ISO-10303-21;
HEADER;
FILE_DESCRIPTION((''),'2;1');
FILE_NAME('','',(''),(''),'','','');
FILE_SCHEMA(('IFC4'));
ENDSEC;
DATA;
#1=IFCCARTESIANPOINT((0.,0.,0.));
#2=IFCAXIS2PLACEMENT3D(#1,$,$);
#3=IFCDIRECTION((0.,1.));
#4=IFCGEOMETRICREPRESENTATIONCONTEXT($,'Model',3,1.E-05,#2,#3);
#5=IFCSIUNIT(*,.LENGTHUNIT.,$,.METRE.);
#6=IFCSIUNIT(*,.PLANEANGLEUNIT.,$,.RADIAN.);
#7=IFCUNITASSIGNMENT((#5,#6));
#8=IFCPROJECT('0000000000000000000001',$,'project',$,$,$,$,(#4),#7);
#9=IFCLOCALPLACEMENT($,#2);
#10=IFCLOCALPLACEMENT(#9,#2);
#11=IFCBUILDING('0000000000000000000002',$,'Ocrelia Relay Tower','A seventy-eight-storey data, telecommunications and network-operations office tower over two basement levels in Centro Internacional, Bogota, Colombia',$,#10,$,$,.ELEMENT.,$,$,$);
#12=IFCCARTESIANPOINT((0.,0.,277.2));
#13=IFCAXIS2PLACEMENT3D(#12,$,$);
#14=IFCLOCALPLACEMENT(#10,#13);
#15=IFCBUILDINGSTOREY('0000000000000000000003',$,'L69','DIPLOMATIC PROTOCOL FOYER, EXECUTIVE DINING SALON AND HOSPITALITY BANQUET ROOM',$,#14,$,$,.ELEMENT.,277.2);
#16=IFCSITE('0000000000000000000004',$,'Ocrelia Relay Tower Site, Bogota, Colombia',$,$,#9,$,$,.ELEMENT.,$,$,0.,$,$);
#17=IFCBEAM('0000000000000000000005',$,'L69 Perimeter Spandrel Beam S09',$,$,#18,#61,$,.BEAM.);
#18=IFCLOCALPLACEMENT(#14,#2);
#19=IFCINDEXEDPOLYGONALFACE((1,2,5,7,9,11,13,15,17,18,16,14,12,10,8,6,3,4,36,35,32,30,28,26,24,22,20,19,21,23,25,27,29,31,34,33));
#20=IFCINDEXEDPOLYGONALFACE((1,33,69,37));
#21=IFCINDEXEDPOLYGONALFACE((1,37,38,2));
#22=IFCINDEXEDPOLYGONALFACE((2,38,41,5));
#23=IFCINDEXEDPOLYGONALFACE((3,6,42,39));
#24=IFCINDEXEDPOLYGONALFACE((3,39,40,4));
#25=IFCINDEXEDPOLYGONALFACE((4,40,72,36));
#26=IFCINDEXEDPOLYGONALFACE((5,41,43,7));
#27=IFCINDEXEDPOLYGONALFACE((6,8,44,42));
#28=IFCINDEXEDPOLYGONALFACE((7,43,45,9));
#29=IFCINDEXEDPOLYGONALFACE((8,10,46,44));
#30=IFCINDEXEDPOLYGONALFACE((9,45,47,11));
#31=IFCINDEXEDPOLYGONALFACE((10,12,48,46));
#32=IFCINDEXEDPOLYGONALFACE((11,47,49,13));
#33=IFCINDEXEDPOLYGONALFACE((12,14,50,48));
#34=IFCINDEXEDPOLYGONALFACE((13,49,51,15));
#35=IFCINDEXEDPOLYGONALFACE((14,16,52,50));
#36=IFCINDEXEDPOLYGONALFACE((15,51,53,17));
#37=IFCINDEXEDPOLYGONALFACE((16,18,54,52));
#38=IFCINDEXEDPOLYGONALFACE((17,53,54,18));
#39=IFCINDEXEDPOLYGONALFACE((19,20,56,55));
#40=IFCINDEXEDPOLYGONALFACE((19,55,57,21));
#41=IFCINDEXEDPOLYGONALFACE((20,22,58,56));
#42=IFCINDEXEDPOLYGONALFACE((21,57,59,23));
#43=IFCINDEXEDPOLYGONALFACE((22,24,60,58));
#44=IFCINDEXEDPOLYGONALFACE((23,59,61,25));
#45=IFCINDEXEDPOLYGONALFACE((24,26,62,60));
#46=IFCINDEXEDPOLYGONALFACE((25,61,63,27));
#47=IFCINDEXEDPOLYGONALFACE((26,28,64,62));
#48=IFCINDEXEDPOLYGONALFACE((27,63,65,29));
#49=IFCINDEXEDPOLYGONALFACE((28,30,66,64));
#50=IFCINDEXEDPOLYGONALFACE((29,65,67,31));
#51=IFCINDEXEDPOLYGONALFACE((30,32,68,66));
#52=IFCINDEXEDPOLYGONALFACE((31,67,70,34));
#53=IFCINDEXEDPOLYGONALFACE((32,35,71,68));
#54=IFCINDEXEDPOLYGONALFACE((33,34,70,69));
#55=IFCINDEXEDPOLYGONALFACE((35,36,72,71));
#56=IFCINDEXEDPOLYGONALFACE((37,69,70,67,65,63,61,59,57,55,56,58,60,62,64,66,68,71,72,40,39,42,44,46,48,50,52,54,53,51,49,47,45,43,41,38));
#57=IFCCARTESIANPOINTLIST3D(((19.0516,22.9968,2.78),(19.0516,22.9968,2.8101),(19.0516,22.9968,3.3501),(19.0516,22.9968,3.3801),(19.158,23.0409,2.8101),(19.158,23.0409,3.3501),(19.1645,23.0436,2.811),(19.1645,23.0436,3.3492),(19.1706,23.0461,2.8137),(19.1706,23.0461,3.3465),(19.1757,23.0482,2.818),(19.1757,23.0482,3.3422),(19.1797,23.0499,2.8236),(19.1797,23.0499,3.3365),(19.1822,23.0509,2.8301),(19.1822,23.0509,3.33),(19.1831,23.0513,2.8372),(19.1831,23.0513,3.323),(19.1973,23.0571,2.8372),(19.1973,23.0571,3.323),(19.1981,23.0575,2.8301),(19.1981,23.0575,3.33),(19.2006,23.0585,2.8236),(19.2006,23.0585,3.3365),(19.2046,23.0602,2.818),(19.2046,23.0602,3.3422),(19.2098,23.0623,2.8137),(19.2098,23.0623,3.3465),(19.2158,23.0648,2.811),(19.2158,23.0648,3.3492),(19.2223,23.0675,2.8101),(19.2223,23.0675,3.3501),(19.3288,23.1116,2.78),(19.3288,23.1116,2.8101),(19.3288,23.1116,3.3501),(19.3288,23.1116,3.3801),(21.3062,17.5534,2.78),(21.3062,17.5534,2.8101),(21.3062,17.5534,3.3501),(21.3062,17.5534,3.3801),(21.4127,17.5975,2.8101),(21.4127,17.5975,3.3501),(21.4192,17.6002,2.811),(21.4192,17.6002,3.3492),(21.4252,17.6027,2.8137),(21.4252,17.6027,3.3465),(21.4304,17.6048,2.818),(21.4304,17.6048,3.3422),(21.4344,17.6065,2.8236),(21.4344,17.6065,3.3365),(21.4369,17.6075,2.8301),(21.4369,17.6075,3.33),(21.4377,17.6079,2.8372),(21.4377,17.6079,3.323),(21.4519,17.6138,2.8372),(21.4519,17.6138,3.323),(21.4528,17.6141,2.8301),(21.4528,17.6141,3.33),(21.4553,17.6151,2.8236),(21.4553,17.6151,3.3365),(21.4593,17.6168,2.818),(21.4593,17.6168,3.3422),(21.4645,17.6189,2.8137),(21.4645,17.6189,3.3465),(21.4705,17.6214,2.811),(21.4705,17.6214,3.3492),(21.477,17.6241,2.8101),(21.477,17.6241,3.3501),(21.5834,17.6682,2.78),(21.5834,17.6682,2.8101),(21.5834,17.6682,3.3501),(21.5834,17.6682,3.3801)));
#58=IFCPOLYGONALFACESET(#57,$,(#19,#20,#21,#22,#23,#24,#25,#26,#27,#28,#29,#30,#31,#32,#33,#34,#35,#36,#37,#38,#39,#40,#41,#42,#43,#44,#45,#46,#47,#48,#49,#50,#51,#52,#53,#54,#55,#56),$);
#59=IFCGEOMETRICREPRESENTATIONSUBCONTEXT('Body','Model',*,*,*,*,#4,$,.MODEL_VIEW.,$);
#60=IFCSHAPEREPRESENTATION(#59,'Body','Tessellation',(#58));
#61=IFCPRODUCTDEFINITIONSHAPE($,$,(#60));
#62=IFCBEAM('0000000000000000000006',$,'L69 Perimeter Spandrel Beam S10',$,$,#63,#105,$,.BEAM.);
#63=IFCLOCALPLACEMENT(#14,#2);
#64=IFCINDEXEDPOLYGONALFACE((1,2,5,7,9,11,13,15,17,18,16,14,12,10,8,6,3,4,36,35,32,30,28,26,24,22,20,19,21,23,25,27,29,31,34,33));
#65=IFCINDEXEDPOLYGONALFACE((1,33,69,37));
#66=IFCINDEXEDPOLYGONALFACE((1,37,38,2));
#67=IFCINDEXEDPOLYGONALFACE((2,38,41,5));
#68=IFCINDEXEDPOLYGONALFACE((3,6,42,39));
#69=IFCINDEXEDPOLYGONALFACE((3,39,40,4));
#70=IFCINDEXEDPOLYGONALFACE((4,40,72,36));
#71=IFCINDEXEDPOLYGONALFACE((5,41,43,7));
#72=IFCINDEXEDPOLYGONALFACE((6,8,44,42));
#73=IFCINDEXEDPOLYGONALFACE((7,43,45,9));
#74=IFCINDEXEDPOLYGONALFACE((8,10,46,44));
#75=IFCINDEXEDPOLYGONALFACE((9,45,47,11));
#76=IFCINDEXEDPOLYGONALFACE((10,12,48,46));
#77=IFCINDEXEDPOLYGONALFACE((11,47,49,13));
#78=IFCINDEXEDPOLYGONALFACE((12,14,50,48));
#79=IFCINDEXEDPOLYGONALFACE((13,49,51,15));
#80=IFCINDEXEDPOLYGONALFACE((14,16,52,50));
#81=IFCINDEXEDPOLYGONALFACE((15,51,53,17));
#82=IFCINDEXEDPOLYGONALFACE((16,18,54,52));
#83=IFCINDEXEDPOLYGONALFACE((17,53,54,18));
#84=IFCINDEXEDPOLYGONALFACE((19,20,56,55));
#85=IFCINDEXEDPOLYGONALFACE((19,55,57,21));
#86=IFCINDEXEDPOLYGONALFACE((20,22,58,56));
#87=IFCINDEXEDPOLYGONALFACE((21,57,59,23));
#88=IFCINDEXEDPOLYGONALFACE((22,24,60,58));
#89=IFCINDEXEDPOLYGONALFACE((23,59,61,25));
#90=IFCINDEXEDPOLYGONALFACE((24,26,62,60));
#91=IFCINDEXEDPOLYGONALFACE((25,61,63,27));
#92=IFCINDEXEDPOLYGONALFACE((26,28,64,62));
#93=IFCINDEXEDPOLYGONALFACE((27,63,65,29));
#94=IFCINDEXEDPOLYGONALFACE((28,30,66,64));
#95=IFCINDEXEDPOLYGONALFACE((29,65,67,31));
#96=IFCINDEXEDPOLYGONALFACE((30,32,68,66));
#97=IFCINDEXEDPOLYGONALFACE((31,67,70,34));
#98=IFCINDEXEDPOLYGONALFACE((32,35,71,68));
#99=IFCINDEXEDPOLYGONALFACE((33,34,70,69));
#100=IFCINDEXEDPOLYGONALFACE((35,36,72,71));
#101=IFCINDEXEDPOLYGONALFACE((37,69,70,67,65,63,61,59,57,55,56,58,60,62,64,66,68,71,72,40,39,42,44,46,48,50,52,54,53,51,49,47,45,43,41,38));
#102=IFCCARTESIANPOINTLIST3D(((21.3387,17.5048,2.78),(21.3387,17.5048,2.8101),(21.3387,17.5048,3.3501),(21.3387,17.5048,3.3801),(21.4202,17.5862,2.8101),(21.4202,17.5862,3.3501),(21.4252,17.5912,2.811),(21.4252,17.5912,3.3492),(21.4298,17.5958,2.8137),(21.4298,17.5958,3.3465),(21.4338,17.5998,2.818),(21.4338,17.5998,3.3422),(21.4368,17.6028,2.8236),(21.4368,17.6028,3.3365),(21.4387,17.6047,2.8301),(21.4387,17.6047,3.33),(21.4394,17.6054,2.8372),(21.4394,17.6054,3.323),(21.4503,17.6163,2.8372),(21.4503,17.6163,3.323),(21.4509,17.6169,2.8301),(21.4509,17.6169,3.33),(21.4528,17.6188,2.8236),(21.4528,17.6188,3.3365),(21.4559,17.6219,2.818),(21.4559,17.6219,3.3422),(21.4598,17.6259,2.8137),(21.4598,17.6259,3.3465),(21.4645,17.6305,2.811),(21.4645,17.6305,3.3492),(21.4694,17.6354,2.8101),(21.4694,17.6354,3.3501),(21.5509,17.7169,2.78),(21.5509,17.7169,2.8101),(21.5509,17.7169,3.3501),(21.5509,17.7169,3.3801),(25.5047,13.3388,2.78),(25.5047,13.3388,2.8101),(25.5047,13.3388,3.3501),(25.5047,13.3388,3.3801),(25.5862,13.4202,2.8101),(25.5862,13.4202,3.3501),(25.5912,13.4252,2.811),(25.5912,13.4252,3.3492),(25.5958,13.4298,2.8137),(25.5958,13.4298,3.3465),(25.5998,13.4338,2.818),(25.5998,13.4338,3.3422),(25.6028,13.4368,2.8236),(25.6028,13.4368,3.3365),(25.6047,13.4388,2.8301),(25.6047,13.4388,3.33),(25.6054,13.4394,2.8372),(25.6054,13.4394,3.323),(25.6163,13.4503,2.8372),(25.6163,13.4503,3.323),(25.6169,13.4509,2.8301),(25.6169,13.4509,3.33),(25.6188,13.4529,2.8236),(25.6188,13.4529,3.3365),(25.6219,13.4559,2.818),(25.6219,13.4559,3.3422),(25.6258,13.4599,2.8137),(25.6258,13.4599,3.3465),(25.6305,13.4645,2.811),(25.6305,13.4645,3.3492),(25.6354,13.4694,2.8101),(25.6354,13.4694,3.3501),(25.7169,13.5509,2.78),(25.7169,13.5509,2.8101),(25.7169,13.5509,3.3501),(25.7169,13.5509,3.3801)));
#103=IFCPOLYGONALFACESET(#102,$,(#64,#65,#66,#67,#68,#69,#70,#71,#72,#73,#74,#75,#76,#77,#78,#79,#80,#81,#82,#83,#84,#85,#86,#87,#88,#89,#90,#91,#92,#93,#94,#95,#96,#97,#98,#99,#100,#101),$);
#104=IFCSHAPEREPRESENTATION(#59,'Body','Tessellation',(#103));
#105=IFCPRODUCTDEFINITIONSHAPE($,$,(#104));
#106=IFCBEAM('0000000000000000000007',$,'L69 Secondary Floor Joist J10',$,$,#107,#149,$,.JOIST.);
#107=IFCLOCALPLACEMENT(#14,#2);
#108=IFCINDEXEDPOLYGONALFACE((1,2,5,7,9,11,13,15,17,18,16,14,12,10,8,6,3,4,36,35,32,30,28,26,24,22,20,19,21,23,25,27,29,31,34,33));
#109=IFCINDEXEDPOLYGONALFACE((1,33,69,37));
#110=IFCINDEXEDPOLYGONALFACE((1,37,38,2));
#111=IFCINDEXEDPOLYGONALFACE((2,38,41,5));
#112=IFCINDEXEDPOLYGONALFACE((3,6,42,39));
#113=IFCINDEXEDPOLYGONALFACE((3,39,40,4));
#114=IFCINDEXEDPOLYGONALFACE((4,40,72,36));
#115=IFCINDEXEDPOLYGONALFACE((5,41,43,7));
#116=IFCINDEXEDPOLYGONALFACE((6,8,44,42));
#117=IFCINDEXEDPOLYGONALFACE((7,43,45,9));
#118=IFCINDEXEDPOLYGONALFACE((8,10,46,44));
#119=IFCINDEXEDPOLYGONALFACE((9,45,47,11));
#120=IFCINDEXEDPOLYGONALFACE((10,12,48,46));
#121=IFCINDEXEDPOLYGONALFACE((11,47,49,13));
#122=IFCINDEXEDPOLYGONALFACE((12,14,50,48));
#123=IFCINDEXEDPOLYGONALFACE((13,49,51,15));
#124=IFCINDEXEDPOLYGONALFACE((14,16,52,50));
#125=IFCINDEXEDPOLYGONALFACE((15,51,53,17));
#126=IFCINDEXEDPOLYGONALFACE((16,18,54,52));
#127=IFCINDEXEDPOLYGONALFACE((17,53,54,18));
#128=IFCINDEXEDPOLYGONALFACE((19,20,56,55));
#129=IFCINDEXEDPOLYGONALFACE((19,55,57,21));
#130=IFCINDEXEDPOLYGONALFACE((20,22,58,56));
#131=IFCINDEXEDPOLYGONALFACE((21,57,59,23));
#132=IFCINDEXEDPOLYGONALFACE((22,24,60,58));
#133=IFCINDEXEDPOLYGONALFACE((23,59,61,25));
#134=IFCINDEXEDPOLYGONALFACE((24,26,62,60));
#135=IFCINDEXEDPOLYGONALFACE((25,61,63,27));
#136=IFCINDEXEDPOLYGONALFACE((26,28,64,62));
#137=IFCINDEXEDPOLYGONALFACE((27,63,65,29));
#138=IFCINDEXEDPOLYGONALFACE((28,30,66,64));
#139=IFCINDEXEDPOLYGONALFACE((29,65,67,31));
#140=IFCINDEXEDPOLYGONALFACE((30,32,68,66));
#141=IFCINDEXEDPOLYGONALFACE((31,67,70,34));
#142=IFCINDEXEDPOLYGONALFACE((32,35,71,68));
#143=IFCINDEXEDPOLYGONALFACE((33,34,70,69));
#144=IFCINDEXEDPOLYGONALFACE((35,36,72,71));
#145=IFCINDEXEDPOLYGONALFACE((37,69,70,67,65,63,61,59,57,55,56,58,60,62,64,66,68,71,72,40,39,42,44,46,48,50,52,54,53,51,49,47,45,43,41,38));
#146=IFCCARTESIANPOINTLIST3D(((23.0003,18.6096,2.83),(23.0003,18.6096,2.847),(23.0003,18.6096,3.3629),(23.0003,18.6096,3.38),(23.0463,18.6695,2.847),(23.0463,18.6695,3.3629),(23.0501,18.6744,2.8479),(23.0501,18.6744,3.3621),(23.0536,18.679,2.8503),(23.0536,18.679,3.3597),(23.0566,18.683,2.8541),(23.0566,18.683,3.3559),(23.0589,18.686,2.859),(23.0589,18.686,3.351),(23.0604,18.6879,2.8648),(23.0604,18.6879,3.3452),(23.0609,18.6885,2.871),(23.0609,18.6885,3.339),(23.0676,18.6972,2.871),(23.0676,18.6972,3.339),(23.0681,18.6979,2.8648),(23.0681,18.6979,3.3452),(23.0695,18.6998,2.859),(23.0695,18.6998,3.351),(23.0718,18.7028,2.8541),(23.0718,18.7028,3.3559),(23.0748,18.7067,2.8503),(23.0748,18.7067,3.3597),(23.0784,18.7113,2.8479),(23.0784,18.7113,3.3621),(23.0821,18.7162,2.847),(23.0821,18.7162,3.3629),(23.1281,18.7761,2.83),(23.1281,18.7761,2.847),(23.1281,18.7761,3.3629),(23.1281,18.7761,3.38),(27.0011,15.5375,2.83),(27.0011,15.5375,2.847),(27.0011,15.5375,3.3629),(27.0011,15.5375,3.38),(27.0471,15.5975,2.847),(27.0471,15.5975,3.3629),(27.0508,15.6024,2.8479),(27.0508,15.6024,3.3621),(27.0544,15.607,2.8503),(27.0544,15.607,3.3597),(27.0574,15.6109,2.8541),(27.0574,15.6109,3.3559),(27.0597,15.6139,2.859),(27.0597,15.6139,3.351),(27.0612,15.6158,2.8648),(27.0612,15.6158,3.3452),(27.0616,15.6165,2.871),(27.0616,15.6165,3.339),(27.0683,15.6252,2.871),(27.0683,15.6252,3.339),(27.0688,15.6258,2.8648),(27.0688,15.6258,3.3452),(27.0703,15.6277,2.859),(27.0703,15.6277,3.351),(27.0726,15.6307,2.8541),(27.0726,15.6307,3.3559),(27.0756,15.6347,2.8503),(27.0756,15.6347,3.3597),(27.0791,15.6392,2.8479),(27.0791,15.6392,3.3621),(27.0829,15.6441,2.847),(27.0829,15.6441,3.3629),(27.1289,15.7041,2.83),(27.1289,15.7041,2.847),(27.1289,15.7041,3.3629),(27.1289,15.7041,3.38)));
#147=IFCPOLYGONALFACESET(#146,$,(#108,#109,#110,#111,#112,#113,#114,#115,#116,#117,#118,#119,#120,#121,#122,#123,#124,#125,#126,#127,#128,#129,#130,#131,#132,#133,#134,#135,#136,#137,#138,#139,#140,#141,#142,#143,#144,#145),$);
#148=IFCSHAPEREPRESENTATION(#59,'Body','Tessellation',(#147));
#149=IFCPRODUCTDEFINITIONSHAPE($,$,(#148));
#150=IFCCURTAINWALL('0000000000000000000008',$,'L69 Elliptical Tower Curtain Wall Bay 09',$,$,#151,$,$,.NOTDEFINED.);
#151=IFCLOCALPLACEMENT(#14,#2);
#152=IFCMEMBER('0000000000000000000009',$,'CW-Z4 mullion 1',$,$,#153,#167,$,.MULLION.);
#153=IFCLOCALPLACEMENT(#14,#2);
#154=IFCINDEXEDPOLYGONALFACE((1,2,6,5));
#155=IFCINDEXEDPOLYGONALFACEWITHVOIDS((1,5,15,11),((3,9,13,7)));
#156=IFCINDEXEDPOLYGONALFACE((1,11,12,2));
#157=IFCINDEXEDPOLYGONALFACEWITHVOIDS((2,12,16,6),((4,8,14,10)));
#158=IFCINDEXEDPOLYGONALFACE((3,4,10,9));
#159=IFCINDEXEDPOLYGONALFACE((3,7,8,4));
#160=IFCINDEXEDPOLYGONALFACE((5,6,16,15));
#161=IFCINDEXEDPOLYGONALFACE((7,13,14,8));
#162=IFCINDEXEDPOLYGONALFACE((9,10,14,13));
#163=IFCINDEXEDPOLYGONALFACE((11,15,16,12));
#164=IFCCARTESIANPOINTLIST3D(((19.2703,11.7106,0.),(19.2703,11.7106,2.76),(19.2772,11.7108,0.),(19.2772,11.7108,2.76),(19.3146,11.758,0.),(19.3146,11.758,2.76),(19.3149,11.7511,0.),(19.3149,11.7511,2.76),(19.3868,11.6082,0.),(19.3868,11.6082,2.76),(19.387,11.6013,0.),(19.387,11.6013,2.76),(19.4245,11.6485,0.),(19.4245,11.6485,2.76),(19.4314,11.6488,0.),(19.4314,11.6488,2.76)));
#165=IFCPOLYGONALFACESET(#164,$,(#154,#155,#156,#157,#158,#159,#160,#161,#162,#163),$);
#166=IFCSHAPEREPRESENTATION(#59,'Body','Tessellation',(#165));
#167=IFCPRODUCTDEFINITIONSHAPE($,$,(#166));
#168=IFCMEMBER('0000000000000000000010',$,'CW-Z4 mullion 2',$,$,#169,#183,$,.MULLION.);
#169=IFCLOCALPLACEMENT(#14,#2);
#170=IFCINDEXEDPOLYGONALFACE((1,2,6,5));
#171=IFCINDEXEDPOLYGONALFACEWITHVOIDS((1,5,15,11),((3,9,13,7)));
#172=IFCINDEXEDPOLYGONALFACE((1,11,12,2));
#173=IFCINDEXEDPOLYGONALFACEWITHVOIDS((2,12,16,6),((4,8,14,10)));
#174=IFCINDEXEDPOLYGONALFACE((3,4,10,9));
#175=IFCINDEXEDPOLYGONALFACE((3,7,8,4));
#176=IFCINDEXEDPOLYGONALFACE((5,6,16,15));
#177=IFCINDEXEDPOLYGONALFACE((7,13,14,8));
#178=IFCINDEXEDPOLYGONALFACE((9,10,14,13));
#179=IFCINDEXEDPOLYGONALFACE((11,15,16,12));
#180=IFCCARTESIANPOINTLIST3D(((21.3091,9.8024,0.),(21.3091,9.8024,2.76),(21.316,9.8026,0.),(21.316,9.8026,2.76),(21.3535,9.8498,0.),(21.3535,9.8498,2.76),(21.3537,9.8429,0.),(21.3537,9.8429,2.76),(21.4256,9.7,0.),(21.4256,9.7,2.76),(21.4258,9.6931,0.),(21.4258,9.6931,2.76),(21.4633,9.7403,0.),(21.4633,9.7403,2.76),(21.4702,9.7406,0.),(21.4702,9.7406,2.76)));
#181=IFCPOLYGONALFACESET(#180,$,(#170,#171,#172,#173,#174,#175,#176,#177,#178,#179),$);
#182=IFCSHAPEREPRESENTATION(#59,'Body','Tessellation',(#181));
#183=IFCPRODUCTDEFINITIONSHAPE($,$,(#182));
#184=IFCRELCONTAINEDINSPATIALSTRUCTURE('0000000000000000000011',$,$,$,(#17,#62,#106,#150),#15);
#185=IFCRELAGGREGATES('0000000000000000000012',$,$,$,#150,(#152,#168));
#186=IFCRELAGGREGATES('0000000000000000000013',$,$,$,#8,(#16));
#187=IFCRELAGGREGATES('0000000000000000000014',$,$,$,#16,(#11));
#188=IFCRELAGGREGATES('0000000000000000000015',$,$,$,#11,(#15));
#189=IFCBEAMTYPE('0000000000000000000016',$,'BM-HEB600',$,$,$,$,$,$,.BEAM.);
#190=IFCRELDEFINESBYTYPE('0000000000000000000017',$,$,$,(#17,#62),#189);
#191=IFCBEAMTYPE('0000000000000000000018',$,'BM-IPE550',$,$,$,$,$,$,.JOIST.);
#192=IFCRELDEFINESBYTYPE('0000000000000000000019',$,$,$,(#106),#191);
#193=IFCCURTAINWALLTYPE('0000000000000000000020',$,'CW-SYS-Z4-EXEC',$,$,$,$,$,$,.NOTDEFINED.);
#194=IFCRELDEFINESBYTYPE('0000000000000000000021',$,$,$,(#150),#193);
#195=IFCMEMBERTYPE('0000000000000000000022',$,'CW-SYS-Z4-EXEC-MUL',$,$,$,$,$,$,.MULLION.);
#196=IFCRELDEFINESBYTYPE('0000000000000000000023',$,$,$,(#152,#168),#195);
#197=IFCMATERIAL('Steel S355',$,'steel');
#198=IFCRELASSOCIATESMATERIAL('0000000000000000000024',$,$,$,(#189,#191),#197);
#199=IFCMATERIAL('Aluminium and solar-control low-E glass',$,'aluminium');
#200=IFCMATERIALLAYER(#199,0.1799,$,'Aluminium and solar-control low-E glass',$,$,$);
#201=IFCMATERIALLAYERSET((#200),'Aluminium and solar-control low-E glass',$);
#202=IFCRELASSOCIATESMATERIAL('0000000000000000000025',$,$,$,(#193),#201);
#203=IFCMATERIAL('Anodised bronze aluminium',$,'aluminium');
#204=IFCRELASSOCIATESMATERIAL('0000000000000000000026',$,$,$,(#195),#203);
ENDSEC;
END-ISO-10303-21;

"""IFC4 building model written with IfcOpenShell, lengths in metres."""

from ifc_helpers import new_model, si_unit, direction, frame, origin, origin_2d, place, context, subcontext, project, spatial, hollow_rectangle, i_section, extrude, material, layer, layer_set, material_profile, profile_set, type_object, element, aggregate, save


model = new_model("IFC4")

# Units and contexts
model_context = context("Model", 3, precision=1e-05, world=origin(), true_north=direction((0.0, 1.0)))
body_context = subcontext(model_context, "Body", "Model", "MODEL_VIEW")
ifc_project = project(units=[si_unit("LENGTHUNIT", "METRE"), si_unit("PLANEANGLEUNIT", "RADIAN")], contexts=[model_context])

# Site, building, storey
site_placement = place(None, origin())
site = spatial("IfcSite", under=ifc_project, at=site_placement, Name="Ocrelia Relay Tower Site, Bogota, Colombia", CompositionType="ELEMENT", RefElevation=0.0)
building_placement = place(site_placement, origin())
building = spatial("IfcBuilding", under=site, at=building_placement, Name="Ocrelia Relay Tower", Description="A seventy-eight-storey data, telecommunications and network-operations office tower over two basement levels in Centro Internacional, Bogota, Colombia", CompositionType="ELEMENT")
storey_placement = place(building_placement, frame((0.0, 0.0, 277.2)))
storey = spatial("IfcBuildingStorey", under=building, at=storey_placement, Name="L69", Description="DIPLOMATIC PROTOCOL FOYER, EXECUTIVE DINING SALON AND HOSPITALITY BANQUET ROOM", CompositionType="ELEMENT", Elevation=277.2)

# Beams
ifc_material_1 = material(Name="Steel S355", Category="steel")
ifc_material_profile_1 = material_profile(ifc_material_1, i_section(OverallWidth=0.3, OverallDepth=0.6001, WebThickness=0.0154, FlangeThickness=0.03, FilletRadius=0.0271, at=origin_2d()), Name="HEB 600")
ifc_profile_set_1 = profile_set([ifc_material_profile_1], Name="Steel S355")
beam_type_1 = type_object("IfcBeamType", Name="BM-HEB600", PredefinedType="BEAM", material=ifc_profile_set_1)
beam_1_placement = place(storey_placement, frame((19.1902, 23.0542, 3.0801), z_axis=(0.382673, -0.923884, 0.0), x_axis=(0.923884, 0.382673, 0.0)))
element("IfcBeam", 1, at=beam_1_placement, inside=storey, type_object=beam_type_1, Name="L69 Perimeter Spandrel Beam S09", PredefinedType="BEAM", context=body_context, shape_type="SweptSolid", body=[
    extrude(i_section(OverallWidth=0.3, OverallDepth=0.6001, WebThickness=0.0154, FlangeThickness=0.03, FilletRadius=0.0271, at=origin_2d()), origin(), (0.0, 0.0, 1.0), 5.8918),
])
beam_2_placement = place(storey_placement, frame((21.4448, 17.6108, 3.0801), z_axis=(0.707107, -0.707107, 0.0), x_axis=(0.707107, 0.707107, 0.0)))
element("IfcBeam", 2, at=beam_2_placement, inside=storey, type_object=beam_type_1, Name="L69 Perimeter Spandrel Beam S10", PredefinedType="BEAM", context=body_context, shape_type="SweptSolid", body=[
    extrude(i_section(OverallWidth=0.3, OverallDepth=0.6001, WebThickness=0.0154, FlangeThickness=0.03, FilletRadius=0.0271, at=origin_2d()), origin(), (0.0, 0.0, 1.0), 5.8916),
])
ifc_material_profile_2 = material_profile(ifc_material_1, i_section(OverallWidth=0.21, OverallDepth=0.55, WebThickness=0.011, FlangeThickness=0.0171, FilletRadius=0.0239, at=origin_2d()), Name="IPE 550")
ifc_profile_set_2 = profile_set([ifc_material_profile_2], Name="Steel S355")
beam_type_2 = type_object("IfcBeamType", Name="BM-IPE550", PredefinedType="JOIST", material=ifc_profile_set_2)
beam_3_placement = place(storey_placement, frame((23.0642, 18.6929, 3.105), z_axis=(0.793147, -0.60903, 0.0), x_axis=(0.60903, 0.793147, 0.0)))
element("IfcBeam", 3, at=beam_3_placement, inside=storey, type_object=beam_type_2, Name="L69 Secondary Floor Joist J10", PredefinedType="JOIST", context=body_context, shape_type="SweptSolid", body=[
    extrude(i_section(OverallWidth=0.21, OverallDepth=0.55, WebThickness=0.011, FlangeThickness=0.0171, FilletRadius=0.0239, at=origin_2d()), origin(), (0.0, 0.0, 1.0), 5.0442),
])

# Curtain wall, members
ifc_material_2 = material(Name="Aluminium and solar-control low-E glass", Category="aluminium")
ifc_layer_1 = layer(ifc_material_2, 0.1799, Name="Aluminium and solar-control low-E glass")
ifc_layer_set_1 = layer_set([ifc_layer_1], Name="Aluminium and solar-control low-E glass")
curtain_wall_type = type_object("IfcCurtainWallType", Name="CW-SYS-Z4-EXEC", PredefinedType="NOTDEFINED", material=ifc_layer_set_1)
curtain_wall_1_placement = place(storey_placement, origin())
curtain_wall_1 = element("IfcCurtainWall", 4, at=curtain_wall_1_placement, inside=storey, type_object=curtain_wall_type, Name="L69 Elliptical Tower Curtain Wall Bay 09", PredefinedType="NOTDEFINED")
ifc_material_3 = material(Name="Anodised bronze aluminium", Category="aluminium")
ifc_material_profile_3 = material_profile(ifc_material_3, hollow_rectangle(XDim=0.0649, YDim=0.1599, WallThickness=0.0049, at=origin_2d()), Name="CW-MUL-160x65")
ifc_profile_set_3 = profile_set([ifc_material_profile_3], Name="Anodised bronze aluminium")
member_type_1 = type_object("IfcMemberType", Name="CW-SYS-Z4-EXEC-MUL", PredefinedType="MULLION", material=ifc_profile_set_3)
member_1_placement = place(storey_placement, frame((19.3508, 11.6797, 0.0), z_axis=(0.0, 0.0, 1.0), x_axis=(0.683313, 0.730125, 0.0)))
member_1 = element("IfcMember", 5, at=member_1_placement, type_object=member_type_1, Name="CW-Z4 mullion 1", PredefinedType="MULLION", context=body_context, shape_type="SweptSolid", body=[
    extrude(hollow_rectangle(XDim=0.0649, YDim=0.1599, WallThickness=0.0049, at=origin_2d()), origin(), (0.0, 0.0, 1.0), 2.76),
])
member_2_placement = place(storey_placement, frame((21.3896, 9.7715, 0.0), z_axis=(0.0, 0.0, 1.0), x_axis=(0.683313, 0.730125, 0.0)))
member_2 = element("IfcMember", 6, at=member_2_placement, type_object=member_type_1, Name="CW-Z4 mullion 2", PredefinedType="MULLION", context=body_context, shape_type="SweptSolid", body=[
    extrude(hollow_rectangle(XDim=0.0649, YDim=0.1599, WallThickness=0.0049, at=origin_2d()), origin(), (0.0, 0.0, 1.0), 2.76),
])

aggregate(curtain_wall_1, [member_1, member_2])

save(model, "model.ifc")
